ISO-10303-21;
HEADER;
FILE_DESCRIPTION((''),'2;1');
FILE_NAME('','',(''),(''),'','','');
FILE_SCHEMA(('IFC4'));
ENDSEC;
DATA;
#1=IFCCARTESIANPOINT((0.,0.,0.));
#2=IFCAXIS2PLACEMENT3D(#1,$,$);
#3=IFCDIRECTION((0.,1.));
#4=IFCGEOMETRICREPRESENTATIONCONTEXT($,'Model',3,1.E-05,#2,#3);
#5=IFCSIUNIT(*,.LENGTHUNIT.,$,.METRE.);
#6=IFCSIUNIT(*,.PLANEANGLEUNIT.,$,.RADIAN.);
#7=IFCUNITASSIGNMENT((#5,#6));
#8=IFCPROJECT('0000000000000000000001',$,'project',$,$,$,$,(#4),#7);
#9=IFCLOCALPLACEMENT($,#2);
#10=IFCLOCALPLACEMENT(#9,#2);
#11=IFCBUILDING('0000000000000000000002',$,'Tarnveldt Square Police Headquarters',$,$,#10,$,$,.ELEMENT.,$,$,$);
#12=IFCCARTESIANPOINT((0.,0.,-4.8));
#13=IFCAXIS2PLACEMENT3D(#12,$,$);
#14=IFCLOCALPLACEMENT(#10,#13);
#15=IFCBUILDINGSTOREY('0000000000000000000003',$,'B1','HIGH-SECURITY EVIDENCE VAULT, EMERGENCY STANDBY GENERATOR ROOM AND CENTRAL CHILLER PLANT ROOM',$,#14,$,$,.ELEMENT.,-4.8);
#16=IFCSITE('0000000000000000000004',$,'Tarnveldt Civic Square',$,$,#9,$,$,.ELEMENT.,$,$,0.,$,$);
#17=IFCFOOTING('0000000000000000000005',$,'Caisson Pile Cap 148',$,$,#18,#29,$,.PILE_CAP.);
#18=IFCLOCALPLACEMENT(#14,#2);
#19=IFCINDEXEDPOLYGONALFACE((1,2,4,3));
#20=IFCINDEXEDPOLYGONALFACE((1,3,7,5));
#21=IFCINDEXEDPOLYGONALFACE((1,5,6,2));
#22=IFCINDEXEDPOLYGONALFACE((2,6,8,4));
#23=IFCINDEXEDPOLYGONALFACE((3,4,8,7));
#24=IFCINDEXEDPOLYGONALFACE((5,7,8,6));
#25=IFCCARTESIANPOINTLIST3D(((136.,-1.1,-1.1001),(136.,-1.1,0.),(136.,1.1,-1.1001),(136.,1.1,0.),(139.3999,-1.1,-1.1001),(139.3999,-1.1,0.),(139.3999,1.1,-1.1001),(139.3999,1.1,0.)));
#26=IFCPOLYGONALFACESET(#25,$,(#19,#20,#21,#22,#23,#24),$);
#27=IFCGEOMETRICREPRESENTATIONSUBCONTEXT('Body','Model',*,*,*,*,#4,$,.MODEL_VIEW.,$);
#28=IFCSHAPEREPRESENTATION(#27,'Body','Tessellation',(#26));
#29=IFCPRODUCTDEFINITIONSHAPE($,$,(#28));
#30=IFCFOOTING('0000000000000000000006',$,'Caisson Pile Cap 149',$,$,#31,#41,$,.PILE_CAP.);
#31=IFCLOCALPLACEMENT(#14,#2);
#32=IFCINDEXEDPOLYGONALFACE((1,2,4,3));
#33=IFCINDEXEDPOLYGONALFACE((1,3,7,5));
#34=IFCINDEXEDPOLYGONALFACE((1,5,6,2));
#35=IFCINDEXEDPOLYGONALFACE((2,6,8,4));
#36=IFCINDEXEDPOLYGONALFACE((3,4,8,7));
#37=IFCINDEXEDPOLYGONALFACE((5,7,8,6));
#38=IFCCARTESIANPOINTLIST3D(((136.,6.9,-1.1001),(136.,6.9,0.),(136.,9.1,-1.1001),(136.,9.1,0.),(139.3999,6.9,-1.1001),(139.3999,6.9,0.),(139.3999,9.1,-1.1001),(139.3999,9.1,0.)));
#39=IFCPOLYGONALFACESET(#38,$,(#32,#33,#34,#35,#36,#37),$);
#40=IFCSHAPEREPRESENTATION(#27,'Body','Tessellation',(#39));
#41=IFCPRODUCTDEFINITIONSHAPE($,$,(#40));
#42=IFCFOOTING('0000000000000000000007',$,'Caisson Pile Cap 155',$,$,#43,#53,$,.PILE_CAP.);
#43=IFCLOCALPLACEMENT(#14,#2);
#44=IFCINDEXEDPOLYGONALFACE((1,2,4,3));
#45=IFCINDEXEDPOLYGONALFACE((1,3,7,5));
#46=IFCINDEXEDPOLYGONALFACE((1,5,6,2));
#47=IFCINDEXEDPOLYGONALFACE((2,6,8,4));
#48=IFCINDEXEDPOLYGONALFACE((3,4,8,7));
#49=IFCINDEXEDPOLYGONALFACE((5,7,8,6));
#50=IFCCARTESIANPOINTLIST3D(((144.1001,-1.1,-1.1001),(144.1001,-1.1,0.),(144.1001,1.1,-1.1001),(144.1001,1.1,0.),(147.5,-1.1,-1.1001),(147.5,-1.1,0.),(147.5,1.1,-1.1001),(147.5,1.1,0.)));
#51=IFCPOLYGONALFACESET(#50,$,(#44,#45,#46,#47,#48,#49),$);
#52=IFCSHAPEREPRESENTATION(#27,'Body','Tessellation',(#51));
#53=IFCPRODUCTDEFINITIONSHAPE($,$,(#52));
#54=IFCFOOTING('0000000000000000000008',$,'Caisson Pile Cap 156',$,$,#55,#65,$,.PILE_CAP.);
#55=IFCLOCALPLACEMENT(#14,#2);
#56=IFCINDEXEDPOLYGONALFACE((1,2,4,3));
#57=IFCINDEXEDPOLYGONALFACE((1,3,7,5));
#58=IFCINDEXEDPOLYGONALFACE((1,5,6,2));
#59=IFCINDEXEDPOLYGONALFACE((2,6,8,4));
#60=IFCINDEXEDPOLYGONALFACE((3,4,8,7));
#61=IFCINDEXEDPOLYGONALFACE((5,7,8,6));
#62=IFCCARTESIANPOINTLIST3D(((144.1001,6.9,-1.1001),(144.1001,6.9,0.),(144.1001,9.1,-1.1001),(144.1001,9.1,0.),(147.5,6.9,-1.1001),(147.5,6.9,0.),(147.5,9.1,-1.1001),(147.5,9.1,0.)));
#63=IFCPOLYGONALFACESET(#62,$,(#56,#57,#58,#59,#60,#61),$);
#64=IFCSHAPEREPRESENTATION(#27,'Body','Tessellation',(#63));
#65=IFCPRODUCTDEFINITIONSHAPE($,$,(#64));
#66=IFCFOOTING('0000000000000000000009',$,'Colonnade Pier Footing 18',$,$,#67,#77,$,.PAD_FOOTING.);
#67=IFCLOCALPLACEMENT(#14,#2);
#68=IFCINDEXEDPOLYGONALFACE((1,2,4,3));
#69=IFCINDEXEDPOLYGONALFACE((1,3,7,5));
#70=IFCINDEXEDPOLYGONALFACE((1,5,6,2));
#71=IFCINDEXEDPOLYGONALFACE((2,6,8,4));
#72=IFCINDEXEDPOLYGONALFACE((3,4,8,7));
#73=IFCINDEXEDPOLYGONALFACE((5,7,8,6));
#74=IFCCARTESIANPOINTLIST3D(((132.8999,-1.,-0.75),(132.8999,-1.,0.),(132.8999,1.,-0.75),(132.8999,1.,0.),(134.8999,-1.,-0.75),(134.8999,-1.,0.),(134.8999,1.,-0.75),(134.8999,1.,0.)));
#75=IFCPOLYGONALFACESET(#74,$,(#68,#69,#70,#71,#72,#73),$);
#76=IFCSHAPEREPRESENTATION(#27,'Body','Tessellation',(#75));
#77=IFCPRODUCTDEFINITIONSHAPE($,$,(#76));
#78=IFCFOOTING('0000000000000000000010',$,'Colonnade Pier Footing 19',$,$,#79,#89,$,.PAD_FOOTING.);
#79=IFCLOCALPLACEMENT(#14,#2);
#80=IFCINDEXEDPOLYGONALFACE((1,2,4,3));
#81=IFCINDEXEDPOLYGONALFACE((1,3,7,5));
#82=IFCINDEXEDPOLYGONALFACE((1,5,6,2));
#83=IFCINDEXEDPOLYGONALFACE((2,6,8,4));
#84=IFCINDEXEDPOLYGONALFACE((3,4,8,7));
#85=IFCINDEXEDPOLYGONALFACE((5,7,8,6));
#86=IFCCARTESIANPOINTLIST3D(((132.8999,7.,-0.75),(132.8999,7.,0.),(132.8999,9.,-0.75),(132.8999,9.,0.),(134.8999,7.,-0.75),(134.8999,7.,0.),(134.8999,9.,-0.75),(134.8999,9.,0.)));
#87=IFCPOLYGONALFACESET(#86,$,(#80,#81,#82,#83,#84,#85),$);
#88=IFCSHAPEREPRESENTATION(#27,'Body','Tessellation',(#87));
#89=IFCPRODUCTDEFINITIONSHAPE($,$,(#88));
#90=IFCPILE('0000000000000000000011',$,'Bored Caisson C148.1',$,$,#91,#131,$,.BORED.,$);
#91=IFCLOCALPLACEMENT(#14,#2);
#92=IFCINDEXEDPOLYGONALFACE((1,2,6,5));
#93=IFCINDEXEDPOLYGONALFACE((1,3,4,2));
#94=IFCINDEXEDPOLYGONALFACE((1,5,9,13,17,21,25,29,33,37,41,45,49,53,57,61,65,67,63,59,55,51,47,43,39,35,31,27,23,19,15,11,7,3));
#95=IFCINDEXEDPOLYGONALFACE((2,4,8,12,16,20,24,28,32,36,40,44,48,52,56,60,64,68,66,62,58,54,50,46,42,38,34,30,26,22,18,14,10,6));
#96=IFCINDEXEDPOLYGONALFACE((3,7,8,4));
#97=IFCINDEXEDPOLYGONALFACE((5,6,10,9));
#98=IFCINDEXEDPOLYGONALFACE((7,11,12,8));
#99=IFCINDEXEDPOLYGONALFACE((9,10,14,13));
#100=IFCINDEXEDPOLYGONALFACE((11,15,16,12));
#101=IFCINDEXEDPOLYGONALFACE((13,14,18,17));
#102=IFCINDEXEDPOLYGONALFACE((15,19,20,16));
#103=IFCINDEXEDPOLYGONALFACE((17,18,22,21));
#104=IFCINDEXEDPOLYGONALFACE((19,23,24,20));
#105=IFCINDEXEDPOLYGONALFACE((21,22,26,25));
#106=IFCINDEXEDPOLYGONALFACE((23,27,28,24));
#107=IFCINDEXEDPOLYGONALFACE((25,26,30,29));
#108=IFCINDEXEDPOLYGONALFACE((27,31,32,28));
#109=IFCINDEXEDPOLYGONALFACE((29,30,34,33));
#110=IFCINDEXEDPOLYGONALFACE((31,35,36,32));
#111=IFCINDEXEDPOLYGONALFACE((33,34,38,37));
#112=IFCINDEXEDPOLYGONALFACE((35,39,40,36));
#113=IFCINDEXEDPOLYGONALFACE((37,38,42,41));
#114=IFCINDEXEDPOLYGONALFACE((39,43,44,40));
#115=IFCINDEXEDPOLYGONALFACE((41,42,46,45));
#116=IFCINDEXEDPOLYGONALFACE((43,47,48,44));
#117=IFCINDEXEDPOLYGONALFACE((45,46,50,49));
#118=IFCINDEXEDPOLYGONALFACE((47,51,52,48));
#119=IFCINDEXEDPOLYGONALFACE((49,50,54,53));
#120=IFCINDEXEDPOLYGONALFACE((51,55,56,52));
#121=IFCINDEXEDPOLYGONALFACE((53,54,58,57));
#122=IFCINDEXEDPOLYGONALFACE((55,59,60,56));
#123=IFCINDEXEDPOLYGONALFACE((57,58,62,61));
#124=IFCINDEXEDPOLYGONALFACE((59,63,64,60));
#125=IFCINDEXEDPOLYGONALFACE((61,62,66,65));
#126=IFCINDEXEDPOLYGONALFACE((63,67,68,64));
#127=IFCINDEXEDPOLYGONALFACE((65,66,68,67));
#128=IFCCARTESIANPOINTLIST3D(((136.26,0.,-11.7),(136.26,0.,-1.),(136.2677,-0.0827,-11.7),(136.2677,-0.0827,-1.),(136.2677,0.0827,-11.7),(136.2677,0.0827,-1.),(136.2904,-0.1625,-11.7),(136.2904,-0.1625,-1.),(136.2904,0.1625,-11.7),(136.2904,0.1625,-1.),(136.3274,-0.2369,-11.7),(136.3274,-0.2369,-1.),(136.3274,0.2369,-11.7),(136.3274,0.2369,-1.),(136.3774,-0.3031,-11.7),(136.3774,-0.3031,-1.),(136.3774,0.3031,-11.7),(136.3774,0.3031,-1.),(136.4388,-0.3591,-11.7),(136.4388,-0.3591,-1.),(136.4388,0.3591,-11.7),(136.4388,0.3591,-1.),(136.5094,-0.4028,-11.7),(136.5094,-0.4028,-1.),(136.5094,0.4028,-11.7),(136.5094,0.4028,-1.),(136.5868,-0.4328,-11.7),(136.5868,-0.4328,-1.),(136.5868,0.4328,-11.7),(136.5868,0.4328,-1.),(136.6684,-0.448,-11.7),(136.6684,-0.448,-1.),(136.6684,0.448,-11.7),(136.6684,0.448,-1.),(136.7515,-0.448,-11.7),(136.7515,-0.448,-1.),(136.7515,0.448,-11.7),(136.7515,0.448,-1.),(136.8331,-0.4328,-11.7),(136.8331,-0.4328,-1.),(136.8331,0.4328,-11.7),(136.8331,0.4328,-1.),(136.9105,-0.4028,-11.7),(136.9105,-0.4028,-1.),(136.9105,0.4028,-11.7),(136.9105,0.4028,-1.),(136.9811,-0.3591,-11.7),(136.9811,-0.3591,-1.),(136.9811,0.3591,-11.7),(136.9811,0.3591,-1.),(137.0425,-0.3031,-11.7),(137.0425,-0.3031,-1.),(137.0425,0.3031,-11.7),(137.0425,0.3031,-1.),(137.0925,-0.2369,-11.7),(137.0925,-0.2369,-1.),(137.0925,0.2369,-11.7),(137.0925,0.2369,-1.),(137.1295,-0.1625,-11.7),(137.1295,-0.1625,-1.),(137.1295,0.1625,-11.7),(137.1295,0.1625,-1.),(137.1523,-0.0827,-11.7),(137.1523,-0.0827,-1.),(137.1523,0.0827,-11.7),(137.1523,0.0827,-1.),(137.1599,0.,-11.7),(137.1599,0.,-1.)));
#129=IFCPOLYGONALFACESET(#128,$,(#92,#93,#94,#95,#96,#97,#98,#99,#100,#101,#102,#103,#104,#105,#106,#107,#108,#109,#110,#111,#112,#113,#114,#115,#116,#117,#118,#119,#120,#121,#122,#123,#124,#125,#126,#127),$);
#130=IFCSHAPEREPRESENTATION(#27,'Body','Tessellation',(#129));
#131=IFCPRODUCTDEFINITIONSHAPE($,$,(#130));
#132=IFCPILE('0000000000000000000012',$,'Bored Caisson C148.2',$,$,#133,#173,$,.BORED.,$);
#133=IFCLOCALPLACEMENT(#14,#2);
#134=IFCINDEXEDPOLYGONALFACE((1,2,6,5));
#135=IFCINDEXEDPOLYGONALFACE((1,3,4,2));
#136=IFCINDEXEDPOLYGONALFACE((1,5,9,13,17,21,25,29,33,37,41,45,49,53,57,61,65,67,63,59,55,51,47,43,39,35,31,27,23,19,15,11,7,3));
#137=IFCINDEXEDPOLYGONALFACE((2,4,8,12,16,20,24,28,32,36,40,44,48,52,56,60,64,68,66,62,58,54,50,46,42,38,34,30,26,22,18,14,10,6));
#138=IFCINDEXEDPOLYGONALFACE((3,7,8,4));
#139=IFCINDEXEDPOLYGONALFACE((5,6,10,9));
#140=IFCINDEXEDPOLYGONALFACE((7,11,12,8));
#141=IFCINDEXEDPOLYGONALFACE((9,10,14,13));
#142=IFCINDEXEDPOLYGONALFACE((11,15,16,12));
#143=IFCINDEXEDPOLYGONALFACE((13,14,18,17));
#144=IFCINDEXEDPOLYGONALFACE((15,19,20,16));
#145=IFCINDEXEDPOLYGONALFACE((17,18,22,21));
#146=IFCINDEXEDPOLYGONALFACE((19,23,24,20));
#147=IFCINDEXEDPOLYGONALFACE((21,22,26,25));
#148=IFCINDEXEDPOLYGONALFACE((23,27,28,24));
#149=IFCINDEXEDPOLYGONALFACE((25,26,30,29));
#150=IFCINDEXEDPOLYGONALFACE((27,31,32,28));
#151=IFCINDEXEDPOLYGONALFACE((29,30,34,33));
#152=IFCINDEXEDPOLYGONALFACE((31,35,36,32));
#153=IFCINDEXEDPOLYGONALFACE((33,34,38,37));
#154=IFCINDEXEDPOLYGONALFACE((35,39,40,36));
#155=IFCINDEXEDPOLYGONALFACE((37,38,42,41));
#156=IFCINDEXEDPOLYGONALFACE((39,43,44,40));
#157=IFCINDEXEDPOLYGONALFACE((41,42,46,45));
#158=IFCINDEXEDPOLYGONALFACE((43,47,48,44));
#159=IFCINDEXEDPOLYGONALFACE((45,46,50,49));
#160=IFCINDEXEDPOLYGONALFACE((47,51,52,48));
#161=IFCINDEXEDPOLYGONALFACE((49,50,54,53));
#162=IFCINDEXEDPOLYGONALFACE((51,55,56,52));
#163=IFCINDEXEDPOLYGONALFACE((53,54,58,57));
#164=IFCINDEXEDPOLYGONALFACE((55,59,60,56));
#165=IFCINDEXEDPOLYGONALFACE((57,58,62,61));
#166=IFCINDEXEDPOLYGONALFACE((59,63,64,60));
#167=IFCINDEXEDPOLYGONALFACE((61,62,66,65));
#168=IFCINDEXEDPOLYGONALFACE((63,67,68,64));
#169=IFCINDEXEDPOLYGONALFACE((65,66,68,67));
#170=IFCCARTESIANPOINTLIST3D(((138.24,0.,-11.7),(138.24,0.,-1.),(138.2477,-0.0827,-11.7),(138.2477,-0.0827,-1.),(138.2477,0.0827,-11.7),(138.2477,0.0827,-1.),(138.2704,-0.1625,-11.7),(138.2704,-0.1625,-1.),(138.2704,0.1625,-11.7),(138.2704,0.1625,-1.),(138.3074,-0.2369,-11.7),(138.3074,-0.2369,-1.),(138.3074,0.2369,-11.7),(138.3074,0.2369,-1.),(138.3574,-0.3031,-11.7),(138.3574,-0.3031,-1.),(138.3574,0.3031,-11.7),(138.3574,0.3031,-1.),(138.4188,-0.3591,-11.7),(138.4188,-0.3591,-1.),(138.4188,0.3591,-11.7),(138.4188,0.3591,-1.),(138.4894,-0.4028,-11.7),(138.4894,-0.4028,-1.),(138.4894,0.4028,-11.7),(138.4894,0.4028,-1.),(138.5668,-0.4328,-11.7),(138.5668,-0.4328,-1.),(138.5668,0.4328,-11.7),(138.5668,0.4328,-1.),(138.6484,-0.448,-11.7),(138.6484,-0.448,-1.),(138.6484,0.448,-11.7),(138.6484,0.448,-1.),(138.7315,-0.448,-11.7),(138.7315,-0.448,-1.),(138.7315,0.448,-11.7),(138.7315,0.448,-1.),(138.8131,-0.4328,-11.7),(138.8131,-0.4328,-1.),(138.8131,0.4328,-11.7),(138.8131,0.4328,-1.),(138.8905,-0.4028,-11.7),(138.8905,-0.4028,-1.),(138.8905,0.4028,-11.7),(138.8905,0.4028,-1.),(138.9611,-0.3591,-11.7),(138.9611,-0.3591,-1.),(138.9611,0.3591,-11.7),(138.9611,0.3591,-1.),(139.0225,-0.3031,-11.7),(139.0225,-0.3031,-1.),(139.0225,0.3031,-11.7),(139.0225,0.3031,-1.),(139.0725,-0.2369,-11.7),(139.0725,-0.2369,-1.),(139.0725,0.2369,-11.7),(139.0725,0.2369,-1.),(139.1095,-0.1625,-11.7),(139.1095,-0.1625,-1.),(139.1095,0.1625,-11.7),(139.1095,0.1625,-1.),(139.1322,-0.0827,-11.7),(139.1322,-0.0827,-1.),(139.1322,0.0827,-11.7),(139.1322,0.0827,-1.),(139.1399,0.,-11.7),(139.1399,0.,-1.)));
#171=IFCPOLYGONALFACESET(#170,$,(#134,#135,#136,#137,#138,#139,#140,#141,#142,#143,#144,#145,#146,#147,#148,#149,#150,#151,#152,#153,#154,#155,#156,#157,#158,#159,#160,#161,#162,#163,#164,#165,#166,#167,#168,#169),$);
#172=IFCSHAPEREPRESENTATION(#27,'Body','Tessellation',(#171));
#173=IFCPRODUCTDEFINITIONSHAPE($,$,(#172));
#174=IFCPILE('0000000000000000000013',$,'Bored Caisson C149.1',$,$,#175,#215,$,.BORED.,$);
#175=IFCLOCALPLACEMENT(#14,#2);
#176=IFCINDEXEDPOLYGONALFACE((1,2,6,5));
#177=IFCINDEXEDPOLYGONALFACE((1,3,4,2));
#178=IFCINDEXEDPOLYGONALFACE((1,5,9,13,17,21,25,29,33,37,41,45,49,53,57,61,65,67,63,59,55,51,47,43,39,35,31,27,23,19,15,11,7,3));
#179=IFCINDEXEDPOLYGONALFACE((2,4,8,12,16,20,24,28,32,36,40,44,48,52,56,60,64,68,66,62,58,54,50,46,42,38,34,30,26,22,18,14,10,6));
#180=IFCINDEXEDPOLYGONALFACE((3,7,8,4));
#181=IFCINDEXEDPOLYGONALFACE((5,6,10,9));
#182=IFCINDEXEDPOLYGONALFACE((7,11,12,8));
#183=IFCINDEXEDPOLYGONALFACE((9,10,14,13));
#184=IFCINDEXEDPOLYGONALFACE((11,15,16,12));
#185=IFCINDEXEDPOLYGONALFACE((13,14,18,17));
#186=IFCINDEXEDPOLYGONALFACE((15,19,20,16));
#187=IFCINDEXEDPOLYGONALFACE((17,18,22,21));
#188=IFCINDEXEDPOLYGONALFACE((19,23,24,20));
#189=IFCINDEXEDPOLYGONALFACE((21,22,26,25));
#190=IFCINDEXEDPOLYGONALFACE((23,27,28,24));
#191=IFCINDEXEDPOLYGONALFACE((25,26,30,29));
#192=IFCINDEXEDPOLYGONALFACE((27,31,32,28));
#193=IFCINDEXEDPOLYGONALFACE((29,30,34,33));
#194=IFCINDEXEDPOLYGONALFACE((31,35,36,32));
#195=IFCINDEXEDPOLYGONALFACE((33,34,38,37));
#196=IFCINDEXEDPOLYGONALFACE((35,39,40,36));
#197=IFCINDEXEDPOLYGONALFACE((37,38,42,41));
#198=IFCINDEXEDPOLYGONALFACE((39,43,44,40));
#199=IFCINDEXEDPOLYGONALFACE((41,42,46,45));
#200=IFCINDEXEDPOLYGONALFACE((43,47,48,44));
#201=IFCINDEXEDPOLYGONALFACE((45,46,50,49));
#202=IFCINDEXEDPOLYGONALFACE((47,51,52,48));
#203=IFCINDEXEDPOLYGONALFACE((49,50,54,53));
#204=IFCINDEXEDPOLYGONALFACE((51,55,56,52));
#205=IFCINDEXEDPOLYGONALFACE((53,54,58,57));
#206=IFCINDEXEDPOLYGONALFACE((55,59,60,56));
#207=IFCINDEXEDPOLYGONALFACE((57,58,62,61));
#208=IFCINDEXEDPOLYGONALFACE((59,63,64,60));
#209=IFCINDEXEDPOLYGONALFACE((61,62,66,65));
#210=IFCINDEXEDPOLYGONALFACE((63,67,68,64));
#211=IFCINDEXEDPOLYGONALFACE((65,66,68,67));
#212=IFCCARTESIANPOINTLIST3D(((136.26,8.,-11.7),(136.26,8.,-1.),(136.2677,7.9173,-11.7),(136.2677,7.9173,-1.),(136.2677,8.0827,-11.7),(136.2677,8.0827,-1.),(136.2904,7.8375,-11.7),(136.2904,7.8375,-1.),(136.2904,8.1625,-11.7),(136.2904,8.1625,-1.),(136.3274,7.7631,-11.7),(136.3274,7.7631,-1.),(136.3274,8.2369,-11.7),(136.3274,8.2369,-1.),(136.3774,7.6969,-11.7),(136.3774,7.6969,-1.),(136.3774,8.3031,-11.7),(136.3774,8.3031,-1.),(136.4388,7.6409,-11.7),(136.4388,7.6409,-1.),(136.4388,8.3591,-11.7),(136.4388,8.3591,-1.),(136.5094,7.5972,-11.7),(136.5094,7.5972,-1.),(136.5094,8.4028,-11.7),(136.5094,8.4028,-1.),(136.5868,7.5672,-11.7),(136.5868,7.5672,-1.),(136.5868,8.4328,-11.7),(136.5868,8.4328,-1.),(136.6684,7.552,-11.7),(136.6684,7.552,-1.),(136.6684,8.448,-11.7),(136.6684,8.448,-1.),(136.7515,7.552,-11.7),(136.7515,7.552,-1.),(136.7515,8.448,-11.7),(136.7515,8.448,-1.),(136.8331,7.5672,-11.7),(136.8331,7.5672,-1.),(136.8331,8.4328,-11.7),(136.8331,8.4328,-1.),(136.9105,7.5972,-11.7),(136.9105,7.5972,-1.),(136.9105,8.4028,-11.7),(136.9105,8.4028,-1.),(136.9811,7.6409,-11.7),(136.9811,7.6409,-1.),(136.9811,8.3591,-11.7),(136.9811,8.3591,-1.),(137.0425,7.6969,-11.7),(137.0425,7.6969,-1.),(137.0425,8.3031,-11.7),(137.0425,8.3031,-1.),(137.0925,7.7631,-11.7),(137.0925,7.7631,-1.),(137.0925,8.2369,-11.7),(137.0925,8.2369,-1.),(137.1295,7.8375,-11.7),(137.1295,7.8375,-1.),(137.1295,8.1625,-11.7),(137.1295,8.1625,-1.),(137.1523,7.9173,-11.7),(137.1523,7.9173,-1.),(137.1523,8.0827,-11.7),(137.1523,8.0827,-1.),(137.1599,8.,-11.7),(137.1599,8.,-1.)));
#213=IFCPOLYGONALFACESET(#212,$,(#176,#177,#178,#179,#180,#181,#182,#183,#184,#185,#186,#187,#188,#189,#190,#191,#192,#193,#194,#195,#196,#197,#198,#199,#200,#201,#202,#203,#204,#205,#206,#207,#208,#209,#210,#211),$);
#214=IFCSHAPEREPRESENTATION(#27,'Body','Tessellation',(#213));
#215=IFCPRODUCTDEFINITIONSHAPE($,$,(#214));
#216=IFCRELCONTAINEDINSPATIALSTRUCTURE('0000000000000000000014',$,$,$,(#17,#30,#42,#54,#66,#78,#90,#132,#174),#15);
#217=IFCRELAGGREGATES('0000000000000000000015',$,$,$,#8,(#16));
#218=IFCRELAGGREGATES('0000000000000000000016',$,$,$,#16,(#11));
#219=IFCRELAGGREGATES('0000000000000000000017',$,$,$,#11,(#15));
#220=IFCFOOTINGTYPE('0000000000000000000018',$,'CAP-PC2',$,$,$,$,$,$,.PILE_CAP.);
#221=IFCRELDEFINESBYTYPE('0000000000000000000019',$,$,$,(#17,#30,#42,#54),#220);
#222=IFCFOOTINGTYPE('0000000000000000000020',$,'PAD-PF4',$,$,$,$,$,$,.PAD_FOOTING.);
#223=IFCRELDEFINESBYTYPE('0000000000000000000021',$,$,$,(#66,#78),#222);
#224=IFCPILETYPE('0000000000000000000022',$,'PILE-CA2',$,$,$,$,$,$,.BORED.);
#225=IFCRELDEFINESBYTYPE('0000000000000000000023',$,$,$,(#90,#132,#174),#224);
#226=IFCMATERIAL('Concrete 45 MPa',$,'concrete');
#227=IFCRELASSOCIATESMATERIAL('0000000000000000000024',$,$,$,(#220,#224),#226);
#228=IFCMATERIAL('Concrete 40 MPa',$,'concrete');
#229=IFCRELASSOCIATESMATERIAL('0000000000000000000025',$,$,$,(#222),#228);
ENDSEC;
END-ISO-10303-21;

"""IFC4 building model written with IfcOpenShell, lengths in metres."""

from ifc_helpers import new_model, si_unit, direction, frame, origin, origin_2d, place, context, subcontext, project, spatial, rectangle, circle, extrude, material, material_profile, profile_set, type_object, element, save


model = new_model("IFC4")

# Units and contexts
model_context = context("Model", 3, precision=1e-05, world=origin(), true_north=direction((0.0, 1.0)))
body_context = subcontext(model_context, "Body", "Model", "MODEL_VIEW")
ifc_project = project(units=[si_unit("LENGTHUNIT", "METRE"), si_unit("PLANEANGLEUNIT", "RADIAN")], contexts=[model_context])

# Site, building, storey
site_placement = place(None, origin())
site = spatial("IfcSite", under=ifc_project, at=site_placement, Name="Tarnveldt Civic Square", CompositionType="ELEMENT", RefElevation=0.0)
building_placement = place(site_placement, origin())
building = spatial("IfcBuilding", under=site, at=building_placement, Name="Tarnveldt Square Police Headquarters", CompositionType="ELEMENT")
storey_placement = place(building_placement, frame((0.0, 0.0, -4.8)))
storey = spatial("IfcBuildingStorey", under=building, at=storey_placement, Name="B1", Description="HIGH-SECURITY EVIDENCE VAULT, EMERGENCY STANDBY GENERATOR ROOM AND CENTRAL CHILLER PLANT ROOM", CompositionType="ELEMENT", Elevation=-4.8)

# Footings
ifc_material_1 = material(Name="Concrete 45 MPa", Category="concrete")
footing_type_1 = type_object("IfcFootingType", Name="CAP-PC2", PredefinedType="PILE_CAP", material=ifc_material_1)
for number, where, z_axis, x_axis, name in (
    (1, (137.7, 0.0, -1.1001), (0.0, 0.0, 1.0), (1.0, 0.0, 0.0), "Caisson Pile Cap 148"),
    (2, (137.7, 8.0, -1.1001), (0.0, 0.0, 1.0), (1.0, 0.0, 0.0), "Caisson Pile Cap 149"),
    (3, (145.8, 0.0, -1.1001), (0.0, 0.0, 1.0), (1.0, 0.0, 0.0), "Caisson Pile Cap 155"),
    (4, (145.8, 8.0, -1.1001), (0.0, 0.0, 1.0), (1.0, 0.0, 0.0), "Caisson Pile Cap 156"),
):
    element("IfcFooting", number, at=place(storey_placement, frame(where, z_axis=z_axis, x_axis=x_axis)), inside=storey, type_object=footing_type_1, Name=name, PredefinedType="PILE_CAP", context=body_context, shape_type="SweptSolid", body=[
        extrude(rectangle(XDim=3.3999, YDim=2.2, at=origin_2d()), origin(), (0.0, 0.0, 1.0), 1.1001),
    ])
ifc_material_2 = material(Name="Concrete 40 MPa", Category="concrete")
footing_type_2 = type_object("IfcFootingType", Name="PAD-PF4", PredefinedType="PAD_FOOTING", material=ifc_material_2)
for number, where, z_axis, x_axis, name in (
    (5, (133.8999, 0.0, -0.75), (0.0, 0.0, 1.0), (1.0, 0.0, 0.0), "Colonnade Pier Footing 18"),
    (6, (133.8999, 8.0, -0.75), (0.0, 0.0, 1.0), (1.0, 0.0, 0.0), "Colonnade Pier Footing 19"),
):
    element("IfcFooting", number, at=place(storey_placement, frame(where, z_axis=z_axis, x_axis=x_axis)), inside=storey, type_object=footing_type_2, Name=name, PredefinedType="PAD_FOOTING", context=body_context, shape_type="SweptSolid", body=[
        extrude(rectangle(XDim=2.0, YDim=2.0, at=origin_2d()), origin(), (0.0, 0.0, 1.0), 0.75),
    ])

# Piles
ifc_material_profile_1 = material_profile(ifc_material_1, circle(Radius=0.45, at=origin_2d()), Name="CAISSON-D900")
ifc_profile_set_1 = profile_set([ifc_material_profile_1], Name="Concrete 45 MPa")
pile_type = type_object("IfcPileType", Name="PILE-CA2", PredefinedType="BORED", material=ifc_profile_set_1)
for number, where, z_axis, x_axis, name in (
    (7, (136.71, 0.0, -1.0), (0.0, 0.0, -1.0), (1.0, 0.0, 0.0), "Bored Caisson C148.1"),
    (8, (138.6899, 0.0, -1.0), (0.0, 0.0, -1.0), (1.0, 0.0, 0.0), "Bored Caisson C148.2"),
    (9, (136.71, 8.0, -1.0), (0.0, 0.0, -1.0), (1.0, 0.0, 0.0), "Bored Caisson C149.1"),
):
    element("IfcPile", number, at=place(storey_placement, frame(where, z_axis=z_axis, x_axis=x_axis)), inside=storey, type_object=pile_type, Name=name, PredefinedType="BORED", context=body_context, shape_type="SweptSolid", body=[
        extrude(circle(Radius=0.45, at=origin_2d()), origin(), (0.0, 0.0, 1.0), 10.7),
    ])

save(model, "model.ifc")
